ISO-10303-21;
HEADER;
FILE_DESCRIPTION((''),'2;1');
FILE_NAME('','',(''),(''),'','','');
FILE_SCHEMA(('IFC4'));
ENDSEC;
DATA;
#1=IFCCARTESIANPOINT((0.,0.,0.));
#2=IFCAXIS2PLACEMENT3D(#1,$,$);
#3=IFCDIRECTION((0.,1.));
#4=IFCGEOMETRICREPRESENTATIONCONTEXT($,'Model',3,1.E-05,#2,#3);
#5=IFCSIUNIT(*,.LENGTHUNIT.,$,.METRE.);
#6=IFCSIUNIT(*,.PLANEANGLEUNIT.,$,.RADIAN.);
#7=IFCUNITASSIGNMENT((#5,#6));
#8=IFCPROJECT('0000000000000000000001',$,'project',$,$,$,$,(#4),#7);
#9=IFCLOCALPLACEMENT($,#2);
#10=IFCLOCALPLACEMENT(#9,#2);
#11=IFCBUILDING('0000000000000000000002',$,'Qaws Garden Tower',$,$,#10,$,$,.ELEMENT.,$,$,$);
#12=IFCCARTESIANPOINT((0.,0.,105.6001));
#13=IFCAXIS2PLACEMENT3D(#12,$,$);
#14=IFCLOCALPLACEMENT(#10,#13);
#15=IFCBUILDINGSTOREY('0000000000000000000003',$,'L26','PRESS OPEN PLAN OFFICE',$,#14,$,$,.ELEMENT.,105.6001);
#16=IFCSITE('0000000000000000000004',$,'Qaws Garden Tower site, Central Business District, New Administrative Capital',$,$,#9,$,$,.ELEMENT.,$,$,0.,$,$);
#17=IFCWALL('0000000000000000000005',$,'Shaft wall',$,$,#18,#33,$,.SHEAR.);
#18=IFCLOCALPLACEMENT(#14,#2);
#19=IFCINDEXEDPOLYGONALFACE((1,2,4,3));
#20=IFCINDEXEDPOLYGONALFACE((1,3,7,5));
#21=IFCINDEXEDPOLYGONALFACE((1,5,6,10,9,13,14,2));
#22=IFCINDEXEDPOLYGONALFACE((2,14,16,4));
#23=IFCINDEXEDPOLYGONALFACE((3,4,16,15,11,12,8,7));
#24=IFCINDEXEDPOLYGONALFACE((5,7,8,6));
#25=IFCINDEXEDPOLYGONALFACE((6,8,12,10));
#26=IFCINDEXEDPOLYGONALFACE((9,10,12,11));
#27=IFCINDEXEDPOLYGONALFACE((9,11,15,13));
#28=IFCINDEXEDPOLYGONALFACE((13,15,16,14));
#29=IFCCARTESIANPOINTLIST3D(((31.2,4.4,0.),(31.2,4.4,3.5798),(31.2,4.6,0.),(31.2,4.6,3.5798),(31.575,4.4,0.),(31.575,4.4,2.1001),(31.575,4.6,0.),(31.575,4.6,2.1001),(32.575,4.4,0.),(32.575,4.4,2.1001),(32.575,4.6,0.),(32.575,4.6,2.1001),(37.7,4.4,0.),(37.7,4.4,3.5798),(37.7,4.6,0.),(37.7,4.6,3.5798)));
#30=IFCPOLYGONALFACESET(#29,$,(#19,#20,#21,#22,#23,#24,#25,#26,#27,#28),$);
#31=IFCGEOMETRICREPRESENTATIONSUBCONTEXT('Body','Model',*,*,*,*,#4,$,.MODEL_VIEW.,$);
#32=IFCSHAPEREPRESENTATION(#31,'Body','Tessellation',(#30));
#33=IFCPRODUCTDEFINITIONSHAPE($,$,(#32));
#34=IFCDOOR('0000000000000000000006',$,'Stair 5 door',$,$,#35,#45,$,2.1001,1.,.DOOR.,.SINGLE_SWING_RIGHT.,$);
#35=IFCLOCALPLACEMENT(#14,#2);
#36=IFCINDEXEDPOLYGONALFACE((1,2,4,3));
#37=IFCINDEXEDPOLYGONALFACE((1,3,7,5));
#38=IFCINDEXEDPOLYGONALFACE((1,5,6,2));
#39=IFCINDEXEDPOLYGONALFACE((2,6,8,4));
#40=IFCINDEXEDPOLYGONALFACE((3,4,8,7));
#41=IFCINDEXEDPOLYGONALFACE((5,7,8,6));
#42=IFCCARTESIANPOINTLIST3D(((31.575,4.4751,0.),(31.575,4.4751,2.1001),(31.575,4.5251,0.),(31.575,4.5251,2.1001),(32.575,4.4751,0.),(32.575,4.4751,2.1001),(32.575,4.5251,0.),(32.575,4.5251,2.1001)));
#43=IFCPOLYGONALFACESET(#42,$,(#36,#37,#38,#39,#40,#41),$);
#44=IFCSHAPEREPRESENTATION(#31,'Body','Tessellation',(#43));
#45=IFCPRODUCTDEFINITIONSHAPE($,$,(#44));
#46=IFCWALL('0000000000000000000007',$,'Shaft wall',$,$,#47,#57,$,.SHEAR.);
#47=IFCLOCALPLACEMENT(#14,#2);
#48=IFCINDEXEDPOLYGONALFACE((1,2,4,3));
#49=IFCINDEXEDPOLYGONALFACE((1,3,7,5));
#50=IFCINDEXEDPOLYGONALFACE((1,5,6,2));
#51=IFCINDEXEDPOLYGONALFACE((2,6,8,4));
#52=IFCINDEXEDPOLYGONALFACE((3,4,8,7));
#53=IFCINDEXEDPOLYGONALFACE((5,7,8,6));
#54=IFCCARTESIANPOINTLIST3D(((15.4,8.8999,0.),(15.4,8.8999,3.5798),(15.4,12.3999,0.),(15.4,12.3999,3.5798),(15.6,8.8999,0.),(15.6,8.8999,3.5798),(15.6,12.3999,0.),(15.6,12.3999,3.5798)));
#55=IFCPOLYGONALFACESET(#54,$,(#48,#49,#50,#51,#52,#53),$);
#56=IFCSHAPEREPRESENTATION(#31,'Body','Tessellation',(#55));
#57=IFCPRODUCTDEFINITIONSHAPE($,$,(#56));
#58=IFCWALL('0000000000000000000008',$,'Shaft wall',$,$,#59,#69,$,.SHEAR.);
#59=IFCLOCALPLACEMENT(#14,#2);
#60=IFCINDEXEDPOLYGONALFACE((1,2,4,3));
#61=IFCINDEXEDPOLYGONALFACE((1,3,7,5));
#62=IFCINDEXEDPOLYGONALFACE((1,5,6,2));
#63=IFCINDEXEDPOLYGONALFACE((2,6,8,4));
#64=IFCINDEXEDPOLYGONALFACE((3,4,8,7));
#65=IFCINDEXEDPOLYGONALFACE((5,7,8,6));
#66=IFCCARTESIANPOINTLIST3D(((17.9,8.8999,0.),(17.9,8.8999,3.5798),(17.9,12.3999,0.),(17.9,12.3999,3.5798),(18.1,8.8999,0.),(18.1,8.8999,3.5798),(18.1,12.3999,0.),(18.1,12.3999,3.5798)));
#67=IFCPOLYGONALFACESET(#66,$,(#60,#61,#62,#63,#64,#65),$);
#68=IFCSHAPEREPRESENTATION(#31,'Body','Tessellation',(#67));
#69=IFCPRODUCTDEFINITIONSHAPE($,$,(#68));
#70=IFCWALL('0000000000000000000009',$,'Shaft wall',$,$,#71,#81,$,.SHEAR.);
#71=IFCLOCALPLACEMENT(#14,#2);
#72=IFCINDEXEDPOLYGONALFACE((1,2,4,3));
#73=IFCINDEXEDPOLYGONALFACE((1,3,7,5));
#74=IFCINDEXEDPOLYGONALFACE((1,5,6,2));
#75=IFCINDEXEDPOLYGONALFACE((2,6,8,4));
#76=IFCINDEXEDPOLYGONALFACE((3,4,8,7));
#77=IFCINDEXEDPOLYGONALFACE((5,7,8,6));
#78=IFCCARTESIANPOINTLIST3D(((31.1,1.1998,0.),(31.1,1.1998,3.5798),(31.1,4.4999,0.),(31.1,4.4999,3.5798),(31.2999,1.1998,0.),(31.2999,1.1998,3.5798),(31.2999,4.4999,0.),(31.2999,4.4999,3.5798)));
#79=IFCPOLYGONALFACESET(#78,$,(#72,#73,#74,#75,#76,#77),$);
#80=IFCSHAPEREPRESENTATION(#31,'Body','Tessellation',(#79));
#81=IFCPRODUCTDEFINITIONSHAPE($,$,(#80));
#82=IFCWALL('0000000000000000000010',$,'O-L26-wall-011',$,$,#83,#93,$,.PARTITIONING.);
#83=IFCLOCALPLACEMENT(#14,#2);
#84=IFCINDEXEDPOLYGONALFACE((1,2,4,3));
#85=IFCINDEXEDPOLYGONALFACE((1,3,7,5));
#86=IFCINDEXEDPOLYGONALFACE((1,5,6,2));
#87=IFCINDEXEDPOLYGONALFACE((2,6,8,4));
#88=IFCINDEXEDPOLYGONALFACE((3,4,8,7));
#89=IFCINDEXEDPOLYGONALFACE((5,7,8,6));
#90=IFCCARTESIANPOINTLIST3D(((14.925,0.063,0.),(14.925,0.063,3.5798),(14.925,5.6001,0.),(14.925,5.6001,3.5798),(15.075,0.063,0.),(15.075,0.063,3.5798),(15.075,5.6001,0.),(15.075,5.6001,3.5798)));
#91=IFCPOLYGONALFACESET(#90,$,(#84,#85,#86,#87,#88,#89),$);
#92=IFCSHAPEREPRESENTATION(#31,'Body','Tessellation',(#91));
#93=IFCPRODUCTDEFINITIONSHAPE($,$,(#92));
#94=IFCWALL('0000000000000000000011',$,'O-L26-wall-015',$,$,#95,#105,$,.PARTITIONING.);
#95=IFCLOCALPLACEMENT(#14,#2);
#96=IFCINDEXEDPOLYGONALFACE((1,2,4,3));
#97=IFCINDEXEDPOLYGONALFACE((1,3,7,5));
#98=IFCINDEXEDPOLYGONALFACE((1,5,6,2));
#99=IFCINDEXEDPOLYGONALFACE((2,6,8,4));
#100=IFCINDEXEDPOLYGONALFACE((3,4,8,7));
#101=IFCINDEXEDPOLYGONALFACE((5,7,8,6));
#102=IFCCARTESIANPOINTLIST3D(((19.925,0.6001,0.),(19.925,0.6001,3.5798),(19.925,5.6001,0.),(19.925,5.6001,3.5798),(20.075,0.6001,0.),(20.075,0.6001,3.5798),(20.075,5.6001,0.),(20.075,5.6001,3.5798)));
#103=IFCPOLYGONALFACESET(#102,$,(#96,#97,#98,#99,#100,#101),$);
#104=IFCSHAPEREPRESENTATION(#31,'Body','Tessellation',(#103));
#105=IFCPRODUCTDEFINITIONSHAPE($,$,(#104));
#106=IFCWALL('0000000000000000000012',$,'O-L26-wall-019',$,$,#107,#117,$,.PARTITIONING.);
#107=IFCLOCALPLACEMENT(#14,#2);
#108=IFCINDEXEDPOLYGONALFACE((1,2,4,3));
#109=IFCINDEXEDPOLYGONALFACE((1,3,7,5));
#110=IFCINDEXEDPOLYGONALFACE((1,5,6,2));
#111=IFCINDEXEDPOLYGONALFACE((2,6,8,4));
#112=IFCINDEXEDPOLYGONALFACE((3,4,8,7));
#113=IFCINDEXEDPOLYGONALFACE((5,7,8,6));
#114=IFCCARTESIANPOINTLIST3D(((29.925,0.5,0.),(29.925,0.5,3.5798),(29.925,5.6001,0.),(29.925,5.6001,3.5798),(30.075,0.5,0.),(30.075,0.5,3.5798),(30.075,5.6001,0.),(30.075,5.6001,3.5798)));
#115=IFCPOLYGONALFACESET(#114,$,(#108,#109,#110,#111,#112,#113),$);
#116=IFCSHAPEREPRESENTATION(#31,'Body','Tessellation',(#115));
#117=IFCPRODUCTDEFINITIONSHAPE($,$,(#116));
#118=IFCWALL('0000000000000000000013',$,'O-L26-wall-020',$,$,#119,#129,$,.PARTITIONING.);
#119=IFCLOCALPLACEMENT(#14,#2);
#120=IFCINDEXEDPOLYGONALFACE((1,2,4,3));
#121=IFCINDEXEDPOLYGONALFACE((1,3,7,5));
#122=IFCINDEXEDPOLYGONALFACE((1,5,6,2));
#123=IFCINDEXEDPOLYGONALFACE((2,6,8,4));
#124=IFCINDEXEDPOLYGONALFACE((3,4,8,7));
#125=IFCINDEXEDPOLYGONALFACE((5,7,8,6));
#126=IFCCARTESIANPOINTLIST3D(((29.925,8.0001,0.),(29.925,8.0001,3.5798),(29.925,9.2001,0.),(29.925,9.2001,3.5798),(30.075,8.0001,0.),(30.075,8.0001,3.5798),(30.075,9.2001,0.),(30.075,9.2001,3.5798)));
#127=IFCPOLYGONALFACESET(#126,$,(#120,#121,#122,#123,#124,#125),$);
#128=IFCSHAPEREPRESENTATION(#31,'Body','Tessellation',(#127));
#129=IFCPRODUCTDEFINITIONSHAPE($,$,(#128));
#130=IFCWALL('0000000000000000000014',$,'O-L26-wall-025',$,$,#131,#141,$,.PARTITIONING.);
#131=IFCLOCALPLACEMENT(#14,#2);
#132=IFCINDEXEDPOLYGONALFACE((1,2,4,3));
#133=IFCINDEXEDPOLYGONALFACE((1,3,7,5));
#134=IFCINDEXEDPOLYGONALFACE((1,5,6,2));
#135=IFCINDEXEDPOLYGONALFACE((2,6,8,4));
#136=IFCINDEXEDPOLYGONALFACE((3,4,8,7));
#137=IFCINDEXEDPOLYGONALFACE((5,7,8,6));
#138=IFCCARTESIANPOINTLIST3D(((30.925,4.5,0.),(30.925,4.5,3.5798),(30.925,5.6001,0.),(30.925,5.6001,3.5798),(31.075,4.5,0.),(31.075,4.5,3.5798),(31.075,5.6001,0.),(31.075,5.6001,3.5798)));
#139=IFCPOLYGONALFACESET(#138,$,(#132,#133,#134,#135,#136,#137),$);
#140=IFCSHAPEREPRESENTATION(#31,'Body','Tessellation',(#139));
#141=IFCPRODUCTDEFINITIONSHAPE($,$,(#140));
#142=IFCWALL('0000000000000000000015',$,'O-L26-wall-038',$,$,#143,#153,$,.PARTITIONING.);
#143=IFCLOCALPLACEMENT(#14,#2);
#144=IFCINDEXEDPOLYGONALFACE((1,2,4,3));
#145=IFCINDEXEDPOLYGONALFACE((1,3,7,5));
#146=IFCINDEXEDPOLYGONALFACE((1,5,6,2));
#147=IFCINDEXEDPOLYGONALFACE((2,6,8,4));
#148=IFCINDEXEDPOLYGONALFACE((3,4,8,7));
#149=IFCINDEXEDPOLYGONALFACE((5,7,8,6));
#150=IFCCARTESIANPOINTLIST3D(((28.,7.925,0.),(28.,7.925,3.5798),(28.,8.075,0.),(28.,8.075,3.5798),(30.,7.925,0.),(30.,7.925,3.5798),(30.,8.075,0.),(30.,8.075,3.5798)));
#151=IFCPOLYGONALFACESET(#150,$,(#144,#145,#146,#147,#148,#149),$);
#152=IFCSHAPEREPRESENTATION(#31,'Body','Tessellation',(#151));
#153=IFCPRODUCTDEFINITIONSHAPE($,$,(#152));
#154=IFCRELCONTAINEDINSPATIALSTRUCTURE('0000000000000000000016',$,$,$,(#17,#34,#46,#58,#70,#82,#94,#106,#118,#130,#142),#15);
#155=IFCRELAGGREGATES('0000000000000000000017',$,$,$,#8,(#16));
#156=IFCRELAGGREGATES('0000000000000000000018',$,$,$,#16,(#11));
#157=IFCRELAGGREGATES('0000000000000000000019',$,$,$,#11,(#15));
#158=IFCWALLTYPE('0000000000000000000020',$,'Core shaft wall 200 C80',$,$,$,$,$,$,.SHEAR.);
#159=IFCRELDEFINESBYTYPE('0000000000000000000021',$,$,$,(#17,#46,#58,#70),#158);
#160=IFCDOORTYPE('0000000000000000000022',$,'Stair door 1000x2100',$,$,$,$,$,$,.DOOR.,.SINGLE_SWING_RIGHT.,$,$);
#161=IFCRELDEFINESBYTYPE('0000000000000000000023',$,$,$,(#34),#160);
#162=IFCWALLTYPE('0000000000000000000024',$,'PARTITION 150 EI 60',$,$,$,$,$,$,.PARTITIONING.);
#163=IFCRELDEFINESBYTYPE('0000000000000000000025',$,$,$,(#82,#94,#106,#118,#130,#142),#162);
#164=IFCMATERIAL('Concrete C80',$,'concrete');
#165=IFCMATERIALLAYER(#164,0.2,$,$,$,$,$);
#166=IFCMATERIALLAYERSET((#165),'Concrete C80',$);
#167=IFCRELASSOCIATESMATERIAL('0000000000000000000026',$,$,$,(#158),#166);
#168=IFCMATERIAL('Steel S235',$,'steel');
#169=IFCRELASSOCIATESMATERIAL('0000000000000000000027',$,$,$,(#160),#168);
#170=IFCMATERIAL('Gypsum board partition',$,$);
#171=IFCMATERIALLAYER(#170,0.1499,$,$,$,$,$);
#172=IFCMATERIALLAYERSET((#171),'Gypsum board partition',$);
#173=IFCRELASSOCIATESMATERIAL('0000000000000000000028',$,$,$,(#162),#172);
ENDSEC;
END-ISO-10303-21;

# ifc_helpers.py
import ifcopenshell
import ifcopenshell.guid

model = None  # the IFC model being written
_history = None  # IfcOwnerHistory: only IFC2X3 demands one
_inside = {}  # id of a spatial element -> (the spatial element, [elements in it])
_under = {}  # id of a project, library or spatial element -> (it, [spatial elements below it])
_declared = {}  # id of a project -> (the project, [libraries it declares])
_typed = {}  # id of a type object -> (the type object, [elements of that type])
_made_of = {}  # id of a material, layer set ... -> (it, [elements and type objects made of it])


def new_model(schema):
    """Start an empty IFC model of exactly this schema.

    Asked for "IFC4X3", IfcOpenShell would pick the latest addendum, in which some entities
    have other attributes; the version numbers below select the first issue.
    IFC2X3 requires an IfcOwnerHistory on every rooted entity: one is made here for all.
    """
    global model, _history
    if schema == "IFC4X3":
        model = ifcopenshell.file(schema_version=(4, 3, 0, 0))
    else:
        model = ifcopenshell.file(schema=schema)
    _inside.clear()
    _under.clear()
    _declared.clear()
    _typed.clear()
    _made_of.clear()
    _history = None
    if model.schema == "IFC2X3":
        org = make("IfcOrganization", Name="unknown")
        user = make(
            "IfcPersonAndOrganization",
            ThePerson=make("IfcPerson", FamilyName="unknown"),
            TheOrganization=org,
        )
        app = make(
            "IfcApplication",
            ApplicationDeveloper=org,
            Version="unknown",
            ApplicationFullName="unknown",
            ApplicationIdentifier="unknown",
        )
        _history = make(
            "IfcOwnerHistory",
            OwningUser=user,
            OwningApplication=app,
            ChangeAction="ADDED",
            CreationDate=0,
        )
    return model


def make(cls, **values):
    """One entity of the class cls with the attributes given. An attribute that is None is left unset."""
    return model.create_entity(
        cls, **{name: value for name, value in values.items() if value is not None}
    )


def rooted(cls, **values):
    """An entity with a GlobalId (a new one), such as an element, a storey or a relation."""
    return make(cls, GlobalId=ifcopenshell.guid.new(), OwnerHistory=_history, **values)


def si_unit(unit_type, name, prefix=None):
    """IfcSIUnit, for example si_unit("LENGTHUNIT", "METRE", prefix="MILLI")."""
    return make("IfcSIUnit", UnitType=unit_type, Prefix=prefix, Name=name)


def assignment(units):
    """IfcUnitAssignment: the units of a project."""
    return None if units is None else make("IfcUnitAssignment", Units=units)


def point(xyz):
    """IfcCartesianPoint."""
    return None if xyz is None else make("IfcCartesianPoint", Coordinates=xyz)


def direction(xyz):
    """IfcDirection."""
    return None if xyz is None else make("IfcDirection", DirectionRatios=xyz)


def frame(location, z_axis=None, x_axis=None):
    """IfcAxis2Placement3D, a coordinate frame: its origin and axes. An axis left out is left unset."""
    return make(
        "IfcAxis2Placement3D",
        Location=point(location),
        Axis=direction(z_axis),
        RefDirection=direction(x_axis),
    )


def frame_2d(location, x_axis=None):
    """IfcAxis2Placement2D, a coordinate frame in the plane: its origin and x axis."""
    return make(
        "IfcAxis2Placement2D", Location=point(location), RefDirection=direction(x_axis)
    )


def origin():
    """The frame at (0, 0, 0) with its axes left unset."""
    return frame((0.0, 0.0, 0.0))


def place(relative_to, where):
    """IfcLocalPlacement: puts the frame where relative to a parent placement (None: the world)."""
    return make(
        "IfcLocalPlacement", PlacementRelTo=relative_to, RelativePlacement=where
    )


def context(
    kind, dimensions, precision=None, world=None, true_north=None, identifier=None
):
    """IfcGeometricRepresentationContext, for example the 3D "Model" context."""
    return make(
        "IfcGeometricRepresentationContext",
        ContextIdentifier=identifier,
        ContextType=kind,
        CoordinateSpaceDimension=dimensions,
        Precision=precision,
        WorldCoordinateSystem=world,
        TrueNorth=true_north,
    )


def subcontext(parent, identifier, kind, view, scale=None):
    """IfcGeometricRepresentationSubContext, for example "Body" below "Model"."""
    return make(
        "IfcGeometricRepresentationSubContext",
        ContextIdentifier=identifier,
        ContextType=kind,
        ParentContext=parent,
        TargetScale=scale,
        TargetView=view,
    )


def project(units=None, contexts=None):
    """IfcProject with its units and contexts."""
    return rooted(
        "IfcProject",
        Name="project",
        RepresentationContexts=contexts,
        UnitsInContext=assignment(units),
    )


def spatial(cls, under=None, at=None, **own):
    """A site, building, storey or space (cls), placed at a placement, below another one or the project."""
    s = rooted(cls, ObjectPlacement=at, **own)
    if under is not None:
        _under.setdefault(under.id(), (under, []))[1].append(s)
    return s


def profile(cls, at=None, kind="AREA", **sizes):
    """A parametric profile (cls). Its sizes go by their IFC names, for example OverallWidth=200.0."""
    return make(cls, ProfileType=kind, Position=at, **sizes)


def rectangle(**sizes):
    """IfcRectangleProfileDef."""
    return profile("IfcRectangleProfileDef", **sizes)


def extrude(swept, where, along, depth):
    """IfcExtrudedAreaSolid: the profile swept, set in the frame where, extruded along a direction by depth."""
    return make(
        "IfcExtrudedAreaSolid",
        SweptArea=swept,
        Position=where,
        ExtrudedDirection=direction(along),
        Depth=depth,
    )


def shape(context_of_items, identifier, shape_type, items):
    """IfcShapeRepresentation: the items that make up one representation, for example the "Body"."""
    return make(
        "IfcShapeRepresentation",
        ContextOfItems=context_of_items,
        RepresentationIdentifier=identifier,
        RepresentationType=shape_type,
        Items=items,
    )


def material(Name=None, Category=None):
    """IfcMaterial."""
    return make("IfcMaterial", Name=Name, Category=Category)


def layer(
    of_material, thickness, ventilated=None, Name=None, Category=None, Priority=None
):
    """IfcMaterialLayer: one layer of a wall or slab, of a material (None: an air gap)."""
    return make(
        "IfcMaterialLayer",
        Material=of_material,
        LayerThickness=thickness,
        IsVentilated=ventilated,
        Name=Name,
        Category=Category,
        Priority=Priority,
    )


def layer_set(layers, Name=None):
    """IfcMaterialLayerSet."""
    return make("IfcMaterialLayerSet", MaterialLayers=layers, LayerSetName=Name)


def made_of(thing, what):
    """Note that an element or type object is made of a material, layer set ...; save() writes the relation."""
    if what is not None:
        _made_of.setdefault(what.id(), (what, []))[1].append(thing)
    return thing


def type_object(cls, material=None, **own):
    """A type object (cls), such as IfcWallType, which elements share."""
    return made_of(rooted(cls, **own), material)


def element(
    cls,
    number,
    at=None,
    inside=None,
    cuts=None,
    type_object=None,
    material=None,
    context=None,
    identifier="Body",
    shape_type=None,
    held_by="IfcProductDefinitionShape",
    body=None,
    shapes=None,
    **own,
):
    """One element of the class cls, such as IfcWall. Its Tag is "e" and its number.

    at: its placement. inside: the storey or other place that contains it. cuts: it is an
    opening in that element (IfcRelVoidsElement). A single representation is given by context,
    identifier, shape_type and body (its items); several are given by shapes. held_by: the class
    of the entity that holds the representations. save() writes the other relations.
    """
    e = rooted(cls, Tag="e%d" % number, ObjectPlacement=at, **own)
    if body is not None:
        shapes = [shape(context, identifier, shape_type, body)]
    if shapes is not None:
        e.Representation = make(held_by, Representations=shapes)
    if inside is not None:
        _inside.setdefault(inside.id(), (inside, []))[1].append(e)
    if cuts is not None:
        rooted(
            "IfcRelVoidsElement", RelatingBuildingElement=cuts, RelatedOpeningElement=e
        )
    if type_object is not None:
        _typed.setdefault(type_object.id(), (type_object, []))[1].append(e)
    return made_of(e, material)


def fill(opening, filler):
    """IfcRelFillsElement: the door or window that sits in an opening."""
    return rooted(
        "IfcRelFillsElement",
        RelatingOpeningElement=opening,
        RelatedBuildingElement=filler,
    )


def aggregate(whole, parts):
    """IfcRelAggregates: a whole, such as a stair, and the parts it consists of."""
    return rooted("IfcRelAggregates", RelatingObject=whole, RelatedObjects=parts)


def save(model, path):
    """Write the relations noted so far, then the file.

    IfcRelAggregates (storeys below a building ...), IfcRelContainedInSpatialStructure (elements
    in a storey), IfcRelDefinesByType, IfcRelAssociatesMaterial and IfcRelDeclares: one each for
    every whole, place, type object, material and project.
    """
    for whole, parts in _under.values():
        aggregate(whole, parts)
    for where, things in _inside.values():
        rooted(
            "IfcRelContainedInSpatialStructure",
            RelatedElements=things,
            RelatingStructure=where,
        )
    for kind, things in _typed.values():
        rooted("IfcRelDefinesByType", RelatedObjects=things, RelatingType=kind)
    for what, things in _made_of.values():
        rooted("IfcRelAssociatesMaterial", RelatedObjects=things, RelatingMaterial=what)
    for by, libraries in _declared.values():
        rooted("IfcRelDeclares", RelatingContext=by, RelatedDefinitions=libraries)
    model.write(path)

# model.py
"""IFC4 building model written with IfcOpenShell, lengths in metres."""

from ifc_helpers import new_model, si_unit, direction, frame, frame_2d, origin, place, context, subcontext, project, spatial, rectangle, extrude, material, layer, layer_set, type_object, element, fill, save


model = new_model("IFC4")

# Units and contexts
model_context = context("Model", 3, precision=1e-05, world=origin(), true_north=direction((0.0, 1.0)))
body_context = subcontext(model_context, "Body", "Model", "MODEL_VIEW")
ifc_project = project(units=[si_unit("LENGTHUNIT", "METRE"), si_unit("PLANEANGLEUNIT", "RADIAN")], contexts=[model_context])

# Site, building, storey
site_placement = place(None, origin())
site = spatial("IfcSite", under=ifc_project, at=site_placement, Name="Qaws Garden Tower site, Central Business District, New Administrative Capital", CompositionType="ELEMENT", RefElevation=0.0)
building_placement = place(site_placement, origin())
building = spatial("IfcBuilding", under=site, at=building_placement, Name="Qaws Garden Tower", CompositionType="ELEMENT")
storey_placement = place(building_placement, frame((0.0, 0.0, 105.6001)))
storey = spatial("IfcBuildingStorey", under=building, at=storey_placement, Name="L26", Description="PRESS OPEN PLAN OFFICE", CompositionType="ELEMENT", Elevation=105.6001)

# Shared definitions
ifc_material_1 = material(Name="Concrete C80", Category="concrete")
ifc_layer_1 = layer(ifc_material_1, 0.2)
ifc_layer_set_1 = layer_set([ifc_layer_1], Name="Concrete C80")
wall_type_1 = type_object("IfcWallType", Name="Core shaft wall 200 C80", PredefinedType="SHEAR", material=ifc_layer_set_1)

# Wall, opening, door
wall_1_placement = place(storey_placement, frame((31.2, 4.5, 0.0), z_axis=(0.0, 0.0, 1.0), x_axis=(1.0, 0.0, 0.0)))
wall_1 = element("IfcWall", 1, at=wall_1_placement, inside=storey, type_object=wall_type_1, Name="Shaft wall", PredefinedType="SHEAR", context=body_context, shape_type="SweptSolid", body=[
    extrude(rectangle(XDim=6.5, YDim=0.2, at=frame_2d((3.25, 0.0))), origin(), (0.0, 0.0, 1.0), 3.5798),
])
opening_1_placement = place(wall_1_placement, frame((0.375, 0.0, 0.0)))
opening_1 = element("IfcOpeningElement", 2, at=opening_1_placement, cuts=wall_1, PredefinedType="OPENING", context=body_context, shape_type="SweptSolid", body=[
    extrude(rectangle(XDim=1.0, YDim=2.1001, at=frame_2d((0.5, 1.05))), frame((0.0, 0.1099, 0.0), z_axis=(0.0, -1.0, 0.0), x_axis=(1.0, 0.0, 0.0)), (0.0, 0.0, 1.0), 0.22),
])
ifc_material_2 = material(Name="Steel S235", Category="steel")
door_type = type_object("IfcDoorType", Name="Stair door 1000x2100", OperationType="SINGLE_SWING_RIGHT", PredefinedType="DOOR", material=ifc_material_2)
door_placement = place(opening_1_placement, frame((1.0, 0.0, 0.0), z_axis=(0.0, 0.0, 1.0), x_axis=(-1.0, 0.0, 0.0)))
door = element("IfcDoor", 3, at=door_placement, inside=storey, type_object=door_type, Name="Stair 5 door", OperationType="SINGLE_SWING_RIGHT", OverallHeight=2.1001, OverallWidth=1.0, PredefinedType="DOOR", context=body_context, shape_type="SweptSolid", body=[
    extrude(rectangle(XDim=1.0, YDim=2.1001, at=frame_2d((0.5, 1.05))), frame((0.0, 0.0249, 0.0), z_axis=(0.0, -1.0, 0.0), x_axis=(1.0, 0.0, 0.0)), (0.0, 0.0, 1.0), 0.05),
])
fill(opening_1, door)

# Walls
for number, where, z_axis, x_axis, name in (
    (4, (15.5, 8.8999, 0.0), (0.0, 0.0, 1.0), (0.0, 1.0, 0.0), "Shaft wall"),
    (5, (18.0, 8.8999, 0.0), (0.0, 0.0, 1.0), (0.0, 1.0, 0.0), "Shaft wall"),
):
    element("IfcWall", number, at=place(storey_placement, frame(where, z_axis=z_axis, x_axis=x_axis)), inside=storey, type_object=wall_type_1, Name=name, PredefinedType="SHEAR", context=body_context, shape_type="SweptSolid", body=[
        extrude(rectangle(XDim=3.5, YDim=0.2, at=frame_2d((1.75, 0.0))), origin(), (0.0, 0.0, 1.0), 3.5798),
    ])
wall_2_placement = place(storey_placement, frame((31.2, 1.2, 0.0), z_axis=(0.0, 0.0, 1.0), x_axis=(0.0, 1.0, 0.0)))
element("IfcWall", 6, at=wall_2_placement, inside=storey, type_object=wall_type_1, Name="Shaft wall", PredefinedType="SHEAR", context=body_context, shape_type="SweptSolid", body=[
    extrude(rectangle(XDim=3.3, YDim=0.2, at=frame_2d((1.6499, 0.0))), origin(), (0.0, 0.0, 1.0), 3.5798),
])
ifc_material_3 = material(Name="Gypsum board partition")
ifc_layer_2 = layer(ifc_material_3, 0.1499)
ifc_layer_set_2 = layer_set([ifc_layer_2], Name="Gypsum board partition")
wall_type_2 = type_object("IfcWallType", Name="PARTITION 150 EI 60", PredefinedType="PARTITIONING", material=ifc_layer_set_2)
wall_3_placement = place(storey_placement, frame((15.0, 0.063, 0.0), z_axis=(0.0, 0.0, 1.0), x_axis=(0.0, 1.0, 0.0)))
element("IfcWall", 7, at=wall_3_placement, inside=storey, type_object=wall_type_2, Name="O-L26-wall-011", PredefinedType="PARTITIONING", context=body_context, shape_type="SweptSolid", body=[
    extrude(rectangle(XDim=5.5371, YDim=0.1499, at=frame_2d((2.7686, 0.0))), origin(), (0.0, 0.0, 1.0), 3.5798),
])
wall_4_placement = place(storey_placement, frame((20.0, 0.6001, 0.0), z_axis=(0.0, 0.0, 1.0), x_axis=(0.0, 1.0, 0.0)))
element("IfcWall", 8, at=wall_4_placement, inside=storey, type_object=wall_type_2, Name="O-L26-wall-015", PredefinedType="PARTITIONING", context=body_context, shape_type="SweptSolid", body=[
    extrude(rectangle(XDim=5.0, YDim=0.1499, at=frame_2d((2.5, 0.0))), origin(), (0.0, 0.0, 1.0), 3.5798),
])
wall_5_placement = place(storey_placement, frame((30.0, 0.5, 0.0), z_axis=(0.0, 0.0, 1.0), x_axis=(0.0, 1.0, 0.0)))
element("IfcWall", 9, at=wall_5_placement, inside=storey, type_object=wall_type_2, Name="O-L26-wall-019", PredefinedType="PARTITIONING", context=body_context, shape_type="SweptSolid", body=[
    extrude(rectangle(XDim=5.1001, YDim=0.1499, at=frame_2d((2.55, 0.0))), origin(), (0.0, 0.0, 1.0), 3.5798),
])
wall_6_placement = place(storey_placement, frame((30.0, 8.0, 0.0), z_axis=(0.0, 0.0, 1.0), x_axis=(0.0, 1.0, 0.0)))
element("IfcWall", 10, at=wall_6_placement, inside=storey, type_object=wall_type_2, Name="O-L26-wall-020", PredefinedType="PARTITIONING", context=body_context, shape_type="SweptSolid", body=[
    extrude(rectangle(XDim=1.2, YDim=0.1499, at=frame_2d((0.6001, 0.0))), origin(), (0.0, 0.0, 1.0), 3.5798),
])
wall_7_placement = place(storey_placement, frame((31.0, 4.5, 0.0), z_axis=(0.0, 0.0, 1.0), x_axis=(0.0, 1.0, 0.0)))
element("IfcWall", 11, at=wall_7_placement, inside=storey, type_object=wall_type_2, Name="O-L26-wall-025", PredefinedType="PARTITIONING", context=body_context, shape_type="SweptSolid", body=[
    extrude(rectangle(XDim=1.1001, YDim=0.1499, at=frame_2d((0.55, 0.0))), origin(), (0.0, 0.0, 1.0), 3.5798),
])
wall_8_placement = place(storey_placement, frame((28.0, 8.0, 0.0), z_axis=(0.0, 0.0, 1.0), x_axis=(1.0, 0.0, 0.0)))
element("IfcWall", 12, at=wall_8_placement, inside=storey, type_object=wall_type_2, Name="O-L26-wall-038", PredefinedType="PARTITIONING", context=body_context, shape_type="SweptSolid", body=[
    extrude(rectangle(XDim=2.0, YDim=0.1499, at=frame_2d((1.0, 0.0))), origin(), (0.0, 0.0, 1.0), 3.5798),
])

save(model, "model.ifc")
